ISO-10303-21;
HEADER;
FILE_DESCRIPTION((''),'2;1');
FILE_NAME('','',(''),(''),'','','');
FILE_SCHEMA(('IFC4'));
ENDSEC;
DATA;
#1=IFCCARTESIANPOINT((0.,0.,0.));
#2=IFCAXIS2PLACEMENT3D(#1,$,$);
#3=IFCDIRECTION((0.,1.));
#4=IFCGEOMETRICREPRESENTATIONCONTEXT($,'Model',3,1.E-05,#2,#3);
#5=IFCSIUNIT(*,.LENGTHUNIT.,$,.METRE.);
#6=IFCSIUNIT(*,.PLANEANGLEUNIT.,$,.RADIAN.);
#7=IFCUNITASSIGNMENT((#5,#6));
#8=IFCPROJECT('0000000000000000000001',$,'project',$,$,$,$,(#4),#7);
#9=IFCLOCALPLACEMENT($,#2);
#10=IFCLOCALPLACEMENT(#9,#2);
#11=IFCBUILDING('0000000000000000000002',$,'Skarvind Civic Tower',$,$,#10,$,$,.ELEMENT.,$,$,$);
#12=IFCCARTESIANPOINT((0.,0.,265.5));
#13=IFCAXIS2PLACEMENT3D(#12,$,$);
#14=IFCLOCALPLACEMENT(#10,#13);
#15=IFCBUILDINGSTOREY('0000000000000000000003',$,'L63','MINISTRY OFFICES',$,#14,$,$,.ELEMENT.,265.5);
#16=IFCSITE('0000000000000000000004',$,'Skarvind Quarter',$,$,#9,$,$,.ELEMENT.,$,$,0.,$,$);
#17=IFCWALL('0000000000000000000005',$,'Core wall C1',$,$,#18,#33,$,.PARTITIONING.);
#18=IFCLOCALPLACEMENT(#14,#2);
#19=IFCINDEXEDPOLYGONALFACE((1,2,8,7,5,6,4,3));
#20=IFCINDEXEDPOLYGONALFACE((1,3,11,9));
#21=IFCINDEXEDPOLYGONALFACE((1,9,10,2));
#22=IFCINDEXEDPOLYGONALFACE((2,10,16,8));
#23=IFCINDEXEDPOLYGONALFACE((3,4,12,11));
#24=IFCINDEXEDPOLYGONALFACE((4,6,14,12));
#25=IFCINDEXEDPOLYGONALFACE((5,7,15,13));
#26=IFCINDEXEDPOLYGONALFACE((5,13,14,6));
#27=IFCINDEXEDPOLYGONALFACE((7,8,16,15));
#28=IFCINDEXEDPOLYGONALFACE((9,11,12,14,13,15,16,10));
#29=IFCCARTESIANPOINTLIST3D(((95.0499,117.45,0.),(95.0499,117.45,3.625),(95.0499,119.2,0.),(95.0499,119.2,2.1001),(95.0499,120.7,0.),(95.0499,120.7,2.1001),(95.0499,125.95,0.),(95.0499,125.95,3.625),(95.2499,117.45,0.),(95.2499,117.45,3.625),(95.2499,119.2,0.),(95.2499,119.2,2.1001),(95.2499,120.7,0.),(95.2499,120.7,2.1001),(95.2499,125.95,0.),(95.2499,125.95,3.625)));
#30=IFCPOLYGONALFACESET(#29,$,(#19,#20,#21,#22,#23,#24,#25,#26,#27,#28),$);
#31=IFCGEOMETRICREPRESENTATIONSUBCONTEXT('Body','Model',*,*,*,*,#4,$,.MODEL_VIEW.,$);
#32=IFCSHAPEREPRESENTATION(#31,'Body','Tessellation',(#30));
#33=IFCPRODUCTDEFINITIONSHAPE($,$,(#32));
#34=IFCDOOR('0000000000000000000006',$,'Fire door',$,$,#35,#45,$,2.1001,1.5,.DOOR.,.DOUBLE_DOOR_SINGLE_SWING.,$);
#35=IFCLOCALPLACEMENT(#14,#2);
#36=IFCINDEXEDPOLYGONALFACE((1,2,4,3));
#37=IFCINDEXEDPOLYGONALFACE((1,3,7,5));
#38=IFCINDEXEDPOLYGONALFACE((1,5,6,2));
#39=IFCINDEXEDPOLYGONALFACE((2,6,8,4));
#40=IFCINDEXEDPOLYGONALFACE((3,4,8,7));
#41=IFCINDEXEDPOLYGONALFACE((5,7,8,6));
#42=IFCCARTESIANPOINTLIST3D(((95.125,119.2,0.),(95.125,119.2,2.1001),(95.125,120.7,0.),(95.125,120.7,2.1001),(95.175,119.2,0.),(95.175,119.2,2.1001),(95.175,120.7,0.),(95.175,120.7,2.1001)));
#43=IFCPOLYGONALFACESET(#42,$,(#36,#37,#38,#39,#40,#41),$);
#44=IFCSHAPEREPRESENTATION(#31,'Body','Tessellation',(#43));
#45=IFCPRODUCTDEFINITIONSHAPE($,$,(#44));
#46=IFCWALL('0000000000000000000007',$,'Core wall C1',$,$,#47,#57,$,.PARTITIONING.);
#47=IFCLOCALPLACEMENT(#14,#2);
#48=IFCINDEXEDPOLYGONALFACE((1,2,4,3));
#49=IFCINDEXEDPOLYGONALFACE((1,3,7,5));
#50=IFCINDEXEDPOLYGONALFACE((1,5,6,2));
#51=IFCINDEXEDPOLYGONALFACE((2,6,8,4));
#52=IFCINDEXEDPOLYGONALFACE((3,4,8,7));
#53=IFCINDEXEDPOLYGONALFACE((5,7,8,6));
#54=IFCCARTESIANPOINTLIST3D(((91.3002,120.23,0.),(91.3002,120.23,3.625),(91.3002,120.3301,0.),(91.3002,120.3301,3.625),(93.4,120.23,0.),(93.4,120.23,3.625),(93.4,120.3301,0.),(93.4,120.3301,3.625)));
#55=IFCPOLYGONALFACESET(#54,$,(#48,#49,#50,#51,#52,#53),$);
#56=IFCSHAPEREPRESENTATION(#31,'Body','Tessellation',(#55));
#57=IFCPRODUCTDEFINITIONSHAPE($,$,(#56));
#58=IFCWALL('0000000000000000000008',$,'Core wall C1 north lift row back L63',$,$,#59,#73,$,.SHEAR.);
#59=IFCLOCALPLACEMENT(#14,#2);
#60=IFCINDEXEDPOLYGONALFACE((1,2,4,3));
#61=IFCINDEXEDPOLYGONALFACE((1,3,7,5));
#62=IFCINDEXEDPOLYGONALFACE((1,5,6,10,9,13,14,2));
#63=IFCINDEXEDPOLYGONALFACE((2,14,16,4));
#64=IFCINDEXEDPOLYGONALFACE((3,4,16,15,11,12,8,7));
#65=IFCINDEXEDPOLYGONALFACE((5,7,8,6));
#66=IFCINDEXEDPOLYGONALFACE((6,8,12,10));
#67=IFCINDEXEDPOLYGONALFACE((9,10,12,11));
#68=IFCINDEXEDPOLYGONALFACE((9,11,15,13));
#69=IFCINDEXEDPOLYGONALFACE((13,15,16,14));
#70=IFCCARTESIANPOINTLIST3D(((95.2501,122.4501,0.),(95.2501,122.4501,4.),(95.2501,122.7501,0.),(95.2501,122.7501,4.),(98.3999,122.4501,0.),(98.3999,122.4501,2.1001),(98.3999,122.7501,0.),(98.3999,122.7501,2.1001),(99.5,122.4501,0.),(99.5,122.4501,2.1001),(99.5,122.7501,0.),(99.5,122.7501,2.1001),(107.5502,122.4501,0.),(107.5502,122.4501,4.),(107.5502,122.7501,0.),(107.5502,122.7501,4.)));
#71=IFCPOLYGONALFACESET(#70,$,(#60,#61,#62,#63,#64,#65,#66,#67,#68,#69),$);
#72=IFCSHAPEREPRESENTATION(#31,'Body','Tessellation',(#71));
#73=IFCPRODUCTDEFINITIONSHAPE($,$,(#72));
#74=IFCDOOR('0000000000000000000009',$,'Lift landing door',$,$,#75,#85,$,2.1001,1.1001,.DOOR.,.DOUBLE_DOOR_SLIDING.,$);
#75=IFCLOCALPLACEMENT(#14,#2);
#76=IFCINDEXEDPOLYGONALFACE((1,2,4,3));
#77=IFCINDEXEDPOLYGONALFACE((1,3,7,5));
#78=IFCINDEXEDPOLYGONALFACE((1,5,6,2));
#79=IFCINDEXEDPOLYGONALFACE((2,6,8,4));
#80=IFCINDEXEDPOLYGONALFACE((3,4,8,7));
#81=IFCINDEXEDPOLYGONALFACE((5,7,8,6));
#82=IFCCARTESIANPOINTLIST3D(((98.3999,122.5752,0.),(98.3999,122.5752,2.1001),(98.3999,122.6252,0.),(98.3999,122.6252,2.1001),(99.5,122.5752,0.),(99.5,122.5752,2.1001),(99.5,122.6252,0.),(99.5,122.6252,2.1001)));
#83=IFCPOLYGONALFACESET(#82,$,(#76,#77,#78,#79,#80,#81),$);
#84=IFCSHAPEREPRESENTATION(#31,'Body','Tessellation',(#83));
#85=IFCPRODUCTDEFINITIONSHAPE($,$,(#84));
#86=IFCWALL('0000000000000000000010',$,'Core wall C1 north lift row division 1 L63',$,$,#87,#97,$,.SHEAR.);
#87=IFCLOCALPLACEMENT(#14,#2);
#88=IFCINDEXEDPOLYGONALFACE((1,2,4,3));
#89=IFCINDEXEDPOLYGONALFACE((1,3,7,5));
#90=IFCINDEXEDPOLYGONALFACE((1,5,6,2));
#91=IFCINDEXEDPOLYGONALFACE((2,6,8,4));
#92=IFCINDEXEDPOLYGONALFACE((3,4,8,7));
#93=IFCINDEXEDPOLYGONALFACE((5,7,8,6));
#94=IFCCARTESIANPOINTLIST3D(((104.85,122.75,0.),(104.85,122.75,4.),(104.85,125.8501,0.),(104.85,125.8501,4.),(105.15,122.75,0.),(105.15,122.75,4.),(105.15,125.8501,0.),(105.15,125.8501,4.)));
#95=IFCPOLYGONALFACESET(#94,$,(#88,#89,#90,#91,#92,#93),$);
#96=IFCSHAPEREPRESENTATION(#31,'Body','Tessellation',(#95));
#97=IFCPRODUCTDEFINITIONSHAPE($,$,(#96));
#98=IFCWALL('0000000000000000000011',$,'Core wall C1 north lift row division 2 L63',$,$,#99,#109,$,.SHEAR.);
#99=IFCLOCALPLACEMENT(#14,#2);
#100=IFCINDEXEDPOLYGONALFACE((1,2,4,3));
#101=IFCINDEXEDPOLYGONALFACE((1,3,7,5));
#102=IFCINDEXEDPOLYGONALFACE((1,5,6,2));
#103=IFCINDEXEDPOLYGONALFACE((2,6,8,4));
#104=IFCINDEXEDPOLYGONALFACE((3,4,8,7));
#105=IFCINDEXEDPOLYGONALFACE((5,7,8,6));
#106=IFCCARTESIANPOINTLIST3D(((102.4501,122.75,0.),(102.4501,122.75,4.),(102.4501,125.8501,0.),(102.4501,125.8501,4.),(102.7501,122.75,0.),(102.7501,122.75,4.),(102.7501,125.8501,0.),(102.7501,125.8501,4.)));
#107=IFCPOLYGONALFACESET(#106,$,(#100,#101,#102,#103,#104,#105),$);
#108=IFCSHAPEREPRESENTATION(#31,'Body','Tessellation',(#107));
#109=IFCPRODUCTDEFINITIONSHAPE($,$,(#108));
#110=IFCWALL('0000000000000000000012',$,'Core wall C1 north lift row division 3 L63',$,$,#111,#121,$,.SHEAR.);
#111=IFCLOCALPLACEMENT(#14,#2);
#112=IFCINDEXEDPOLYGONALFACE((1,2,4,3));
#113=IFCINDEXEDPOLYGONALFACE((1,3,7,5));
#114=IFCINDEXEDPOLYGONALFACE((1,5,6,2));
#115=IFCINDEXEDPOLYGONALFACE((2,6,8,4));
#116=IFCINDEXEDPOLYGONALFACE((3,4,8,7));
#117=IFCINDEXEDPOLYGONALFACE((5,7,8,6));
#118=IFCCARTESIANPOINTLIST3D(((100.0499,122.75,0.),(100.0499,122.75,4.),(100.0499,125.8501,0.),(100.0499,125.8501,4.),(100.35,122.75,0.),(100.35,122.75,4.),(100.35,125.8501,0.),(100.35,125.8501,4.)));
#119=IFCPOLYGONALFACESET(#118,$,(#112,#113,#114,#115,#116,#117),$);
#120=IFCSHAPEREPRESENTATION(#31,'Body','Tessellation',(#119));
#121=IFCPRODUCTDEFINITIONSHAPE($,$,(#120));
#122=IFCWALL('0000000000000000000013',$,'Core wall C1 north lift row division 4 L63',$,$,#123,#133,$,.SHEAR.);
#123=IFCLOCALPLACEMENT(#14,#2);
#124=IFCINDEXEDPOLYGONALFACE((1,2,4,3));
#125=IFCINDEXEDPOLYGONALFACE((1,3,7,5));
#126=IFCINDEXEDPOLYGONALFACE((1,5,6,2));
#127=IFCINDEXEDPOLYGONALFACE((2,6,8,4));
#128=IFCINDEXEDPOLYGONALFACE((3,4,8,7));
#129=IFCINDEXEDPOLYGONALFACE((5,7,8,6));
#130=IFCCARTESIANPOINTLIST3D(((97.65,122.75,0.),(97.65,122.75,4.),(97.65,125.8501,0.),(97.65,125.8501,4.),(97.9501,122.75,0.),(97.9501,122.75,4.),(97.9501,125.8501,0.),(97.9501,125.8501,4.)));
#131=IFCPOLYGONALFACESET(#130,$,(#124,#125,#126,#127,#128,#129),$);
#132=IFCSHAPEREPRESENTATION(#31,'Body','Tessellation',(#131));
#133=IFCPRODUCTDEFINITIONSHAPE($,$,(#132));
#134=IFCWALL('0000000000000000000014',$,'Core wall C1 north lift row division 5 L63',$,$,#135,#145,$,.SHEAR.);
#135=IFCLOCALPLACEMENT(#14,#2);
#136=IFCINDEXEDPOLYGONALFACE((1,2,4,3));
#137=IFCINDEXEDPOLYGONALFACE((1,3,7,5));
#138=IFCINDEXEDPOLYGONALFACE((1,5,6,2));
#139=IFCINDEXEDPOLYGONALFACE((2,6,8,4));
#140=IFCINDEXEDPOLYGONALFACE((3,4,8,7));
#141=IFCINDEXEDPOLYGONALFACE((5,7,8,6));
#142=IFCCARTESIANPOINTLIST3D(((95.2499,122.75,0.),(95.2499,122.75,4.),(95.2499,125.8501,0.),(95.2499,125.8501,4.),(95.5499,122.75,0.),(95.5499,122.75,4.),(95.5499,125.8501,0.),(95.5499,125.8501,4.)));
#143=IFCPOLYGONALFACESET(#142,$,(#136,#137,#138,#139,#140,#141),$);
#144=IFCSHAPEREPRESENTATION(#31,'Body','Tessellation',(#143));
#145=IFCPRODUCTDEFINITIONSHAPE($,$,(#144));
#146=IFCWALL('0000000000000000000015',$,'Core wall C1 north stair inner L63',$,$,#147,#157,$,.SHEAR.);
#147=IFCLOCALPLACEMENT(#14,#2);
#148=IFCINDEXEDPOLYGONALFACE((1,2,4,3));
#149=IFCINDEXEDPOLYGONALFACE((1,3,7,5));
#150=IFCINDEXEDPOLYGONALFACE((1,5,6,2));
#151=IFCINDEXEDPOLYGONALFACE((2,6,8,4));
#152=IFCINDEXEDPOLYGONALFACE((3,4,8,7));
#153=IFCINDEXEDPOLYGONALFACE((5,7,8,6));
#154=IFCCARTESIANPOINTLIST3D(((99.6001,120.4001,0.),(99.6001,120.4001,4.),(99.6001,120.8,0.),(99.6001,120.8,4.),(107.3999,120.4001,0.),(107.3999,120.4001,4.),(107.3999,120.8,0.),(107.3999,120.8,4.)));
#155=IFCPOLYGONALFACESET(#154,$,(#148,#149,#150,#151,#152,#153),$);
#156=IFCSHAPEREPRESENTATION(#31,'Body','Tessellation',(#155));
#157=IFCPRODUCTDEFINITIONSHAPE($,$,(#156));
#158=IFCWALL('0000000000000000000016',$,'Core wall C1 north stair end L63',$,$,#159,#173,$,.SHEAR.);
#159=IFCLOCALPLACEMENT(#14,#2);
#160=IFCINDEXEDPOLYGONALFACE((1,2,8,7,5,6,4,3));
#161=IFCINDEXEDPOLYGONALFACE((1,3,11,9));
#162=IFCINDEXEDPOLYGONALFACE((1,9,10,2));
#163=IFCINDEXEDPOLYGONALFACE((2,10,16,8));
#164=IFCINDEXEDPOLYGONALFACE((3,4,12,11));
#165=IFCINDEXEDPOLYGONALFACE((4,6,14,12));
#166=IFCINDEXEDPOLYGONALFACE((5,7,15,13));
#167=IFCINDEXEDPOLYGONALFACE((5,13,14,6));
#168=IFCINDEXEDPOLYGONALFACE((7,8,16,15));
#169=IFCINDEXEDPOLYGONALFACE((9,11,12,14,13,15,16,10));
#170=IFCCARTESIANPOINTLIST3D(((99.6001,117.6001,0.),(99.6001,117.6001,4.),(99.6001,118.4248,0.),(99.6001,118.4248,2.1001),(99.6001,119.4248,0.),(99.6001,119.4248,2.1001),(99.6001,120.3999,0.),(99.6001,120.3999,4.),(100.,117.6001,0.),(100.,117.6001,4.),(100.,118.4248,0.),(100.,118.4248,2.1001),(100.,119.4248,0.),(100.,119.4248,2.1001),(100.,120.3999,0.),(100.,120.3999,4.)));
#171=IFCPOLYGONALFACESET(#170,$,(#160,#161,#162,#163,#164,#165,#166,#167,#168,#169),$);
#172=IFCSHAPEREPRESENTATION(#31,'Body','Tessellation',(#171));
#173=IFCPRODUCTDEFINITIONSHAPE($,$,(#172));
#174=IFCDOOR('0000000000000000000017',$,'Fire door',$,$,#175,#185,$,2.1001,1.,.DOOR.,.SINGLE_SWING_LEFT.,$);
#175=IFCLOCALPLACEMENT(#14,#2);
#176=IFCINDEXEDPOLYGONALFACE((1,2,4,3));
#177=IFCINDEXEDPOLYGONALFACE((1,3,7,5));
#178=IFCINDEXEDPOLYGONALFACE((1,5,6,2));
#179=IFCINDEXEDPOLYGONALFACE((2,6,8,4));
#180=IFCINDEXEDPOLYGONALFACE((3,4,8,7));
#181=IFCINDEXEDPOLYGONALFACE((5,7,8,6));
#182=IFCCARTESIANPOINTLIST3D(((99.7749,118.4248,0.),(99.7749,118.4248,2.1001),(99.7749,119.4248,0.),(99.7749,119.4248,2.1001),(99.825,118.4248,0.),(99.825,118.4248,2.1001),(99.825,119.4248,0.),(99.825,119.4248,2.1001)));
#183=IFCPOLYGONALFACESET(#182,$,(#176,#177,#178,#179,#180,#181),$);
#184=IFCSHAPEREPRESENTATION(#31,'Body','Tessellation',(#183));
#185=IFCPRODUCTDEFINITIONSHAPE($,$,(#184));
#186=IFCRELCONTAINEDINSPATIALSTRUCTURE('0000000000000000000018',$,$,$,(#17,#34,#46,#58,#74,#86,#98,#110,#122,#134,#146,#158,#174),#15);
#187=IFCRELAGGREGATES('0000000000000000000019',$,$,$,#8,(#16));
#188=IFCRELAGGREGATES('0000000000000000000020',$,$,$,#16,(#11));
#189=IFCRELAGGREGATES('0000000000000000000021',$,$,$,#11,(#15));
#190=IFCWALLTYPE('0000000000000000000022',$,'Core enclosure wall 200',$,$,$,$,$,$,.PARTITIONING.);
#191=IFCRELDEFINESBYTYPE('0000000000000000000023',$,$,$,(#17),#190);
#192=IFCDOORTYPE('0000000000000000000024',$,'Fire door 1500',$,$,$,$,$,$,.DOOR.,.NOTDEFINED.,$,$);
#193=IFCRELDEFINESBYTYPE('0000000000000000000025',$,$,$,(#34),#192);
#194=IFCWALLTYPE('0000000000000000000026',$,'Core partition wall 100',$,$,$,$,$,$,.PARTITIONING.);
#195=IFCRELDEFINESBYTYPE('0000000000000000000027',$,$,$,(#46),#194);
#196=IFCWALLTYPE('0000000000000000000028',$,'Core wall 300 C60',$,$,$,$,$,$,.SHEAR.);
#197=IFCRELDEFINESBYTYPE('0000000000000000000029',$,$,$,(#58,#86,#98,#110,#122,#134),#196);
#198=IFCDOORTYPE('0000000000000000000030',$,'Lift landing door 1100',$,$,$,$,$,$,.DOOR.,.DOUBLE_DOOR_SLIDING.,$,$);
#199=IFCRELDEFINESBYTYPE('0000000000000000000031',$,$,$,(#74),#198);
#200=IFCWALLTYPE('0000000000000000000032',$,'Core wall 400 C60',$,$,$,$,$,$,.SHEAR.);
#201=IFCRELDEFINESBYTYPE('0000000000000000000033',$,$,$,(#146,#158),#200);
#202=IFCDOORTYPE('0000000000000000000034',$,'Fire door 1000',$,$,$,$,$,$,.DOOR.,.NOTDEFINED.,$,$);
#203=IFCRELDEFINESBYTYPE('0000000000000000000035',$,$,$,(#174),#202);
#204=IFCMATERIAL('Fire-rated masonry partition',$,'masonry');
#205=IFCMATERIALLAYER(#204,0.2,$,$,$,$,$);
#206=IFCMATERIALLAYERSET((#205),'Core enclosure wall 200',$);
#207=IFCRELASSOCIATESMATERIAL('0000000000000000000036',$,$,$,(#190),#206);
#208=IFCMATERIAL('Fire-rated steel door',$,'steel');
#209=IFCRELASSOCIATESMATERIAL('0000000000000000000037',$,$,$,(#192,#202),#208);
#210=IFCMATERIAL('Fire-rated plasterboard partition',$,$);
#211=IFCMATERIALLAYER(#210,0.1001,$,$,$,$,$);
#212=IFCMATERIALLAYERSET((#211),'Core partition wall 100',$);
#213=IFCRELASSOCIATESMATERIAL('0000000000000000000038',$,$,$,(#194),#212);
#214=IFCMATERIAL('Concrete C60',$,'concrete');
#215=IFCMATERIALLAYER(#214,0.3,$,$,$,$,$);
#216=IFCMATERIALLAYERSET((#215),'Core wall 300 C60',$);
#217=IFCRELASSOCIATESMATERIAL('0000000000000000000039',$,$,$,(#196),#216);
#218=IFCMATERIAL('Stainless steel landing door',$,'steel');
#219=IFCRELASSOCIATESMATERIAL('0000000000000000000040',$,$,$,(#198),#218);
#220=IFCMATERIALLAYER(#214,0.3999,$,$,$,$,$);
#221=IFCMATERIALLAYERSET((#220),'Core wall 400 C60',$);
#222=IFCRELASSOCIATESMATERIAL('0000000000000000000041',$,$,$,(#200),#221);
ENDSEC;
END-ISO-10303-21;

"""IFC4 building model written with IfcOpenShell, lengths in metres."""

from ifc_helpers import new_model, si_unit, direction, frame, frame_2d, origin, place, context, subcontext, project, spatial, rectangle, extrude, material, layer, layer_set, type_object, element, fill, save


model = new_model("IFC4")

# Units and contexts
model_context = context("Model", 3, precision=1e-05, world=origin(), true_north=direction((0.0, 1.0)))
body_context = subcontext(model_context, "Body", "Model", "MODEL_VIEW")
ifc_project = project(units=[si_unit("LENGTHUNIT", "METRE"), si_unit("PLANEANGLEUNIT", "RADIAN")], contexts=[model_context])

# Site, building, storey
site_placement = place(None, origin())
site = spatial("IfcSite", under=ifc_project, at=site_placement, Name="Skarvind Quarter", CompositionType="ELEMENT", RefElevation=0.0)
building_placement = place(site_placement, origin())
building = spatial("IfcBuilding", under=site, at=building_placement, Name="Skarvind Civic Tower", CompositionType="ELEMENT")
storey_placement = place(building_placement, frame((0.0, 0.0, 265.5)))
storey = spatial("IfcBuildingStorey", under=building, at=storey_placement, Name="L63", Description="MINISTRY OFFICES", CompositionType="ELEMENT", Elevation=265.5)

# Wall, opening, door
ifc_material_1 = material(Name="Fire-rated masonry partition", Category="masonry")
ifc_layer_1 = layer(ifc_material_1, 0.2)
ifc_layer_set_1 = layer_set([ifc_layer_1], Name="Core enclosure wall 200")
wall_type_1 = type_object("IfcWallType", Name="Core enclosure wall 200", PredefinedType="PARTITIONING", material=ifc_layer_set_1)
wall_1_placement = place(storey_placement, frame((95.1499, 117.45, 0.0), z_axis=(0.0, 0.0, 1.0), x_axis=(0.0, 1.0, 0.0)))
wall_1 = element("IfcWall", 1, at=wall_1_placement, inside=storey, type_object=wall_type_1, Name="Core wall C1", PredefinedType="PARTITIONING", context=body_context, shape_type="SweptSolid", body=[
    extrude(rectangle(XDim=8.5, YDim=0.2, at=frame_2d((4.25, 0.0))), origin(), (0.0, 0.0, 1.0), 3.625),
])
opening_1_placement = place(wall_1_placement, frame((1.75, 0.0, 0.0)))
opening_1 = element("IfcOpeningElement", 2, at=opening_1_placement, cuts=wall_1, PredefinedType="OPENING", context=body_context, shape_type="SweptSolid", body=[
    extrude(rectangle(XDim=1.5, YDim=2.1001, at=frame_2d((0.75, 1.05))), frame((0.0, 0.1099, 0.0), z_axis=(0.0, -1.0, 0.0), x_axis=(1.0, 0.0, 0.0)), (0.0, 0.0, 1.0), 0.22),
])
ifc_material_2 = material(Name="Fire-rated steel door", Category="steel")
door_type_1 = type_object("IfcDoorType", Name="Fire door 1500", OperationType="NOTDEFINED", PredefinedType="DOOR", material=ifc_material_2)
door_1_placement = place(opening_1_placement, origin())
door_1 = element("IfcDoor", 3, at=door_1_placement, inside=storey, type_object=door_type_1, Name="Fire door", OperationType="DOUBLE_DOOR_SINGLE_SWING", OverallHeight=2.1001, OverallWidth=1.5, PredefinedType="DOOR", context=body_context, shape_type="SweptSolid", body=[
    extrude(rectangle(XDim=1.5, YDim=2.1001, at=frame_2d((0.75, 1.05))), frame((0.0, 0.0249, 0.0), z_axis=(0.0, -1.0, 0.0), x_axis=(1.0, 0.0, 0.0)), (0.0, 0.0, 1.0), 0.05),
])
fill(opening_1, door_1)

# Wall
ifc_material_3 = material(Name="Fire-rated plasterboard partition")
ifc_layer_2 = layer(ifc_material_3, 0.1001)
ifc_layer_set_2 = layer_set([ifc_layer_2], Name="Core partition wall 100")
wall_type_2 = type_object("IfcWallType", Name="Core partition wall 100", PredefinedType="PARTITIONING", material=ifc_layer_set_2)
wall_2_placement = place(storey_placement, frame((93.3999, 120.28, 0.0), z_axis=(0.0, 0.0, 1.0), x_axis=(-1.0, 0.0, 0.0)))
element("IfcWall", 4, at=wall_2_placement, inside=storey, type_object=wall_type_2, Name="Core wall C1", PredefinedType="PARTITIONING", context=body_context, shape_type="SweptSolid", body=[
    extrude(rectangle(XDim=2.0999, YDim=0.1001, at=frame_2d((1.0498, 0.0))), origin(), (0.0, 0.0, 1.0), 3.625),
])

# Wall, opening, door
ifc_material_4 = material(Name="Concrete C60", Category="concrete")
ifc_layer_3 = layer(ifc_material_4, 0.3)
ifc_layer_set_3 = layer_set([ifc_layer_3], Name="Core wall 300 C60")
wall_type_3 = type_object("IfcWallType", Name="Core wall 300 C60", PredefinedType="SHEAR", material=ifc_layer_set_3)
wall_3_placement = place(storey_placement, frame((107.55, 122.6001, 0.0), z_axis=(0.0, 0.0, 1.0), x_axis=(-1.0, 0.0, 0.0)))
wall_3 = element("IfcWall", 5, at=wall_3_placement, inside=storey, type_object=wall_type_3, Name="Core wall C1 north lift row back L63", PredefinedType="SHEAR", context=body_context, shape_type="SweptSolid", body=[
    extrude(rectangle(XDim=12.3, YDim=0.3, at=frame_2d((6.1499, 0.0))), origin(), (0.0, 0.0, 1.0), 4.0),
])
opening_2_placement = place(wall_3_placement, frame((8.05, 0.0, 0.0)))
opening_2 = element("IfcOpeningElement", 6, at=opening_2_placement, cuts=wall_3, PredefinedType="OPENING", context=body_context, shape_type="SweptSolid", body=[
    extrude(rectangle(XDim=1.1001, YDim=2.1001, at=frame_2d((0.55, 1.05))), frame((0.0, 0.1599, 0.0), z_axis=(0.0, -1.0, 0.0), x_axis=(1.0, 0.0, 0.0)), (0.0, 0.0, 1.0), 0.3201),
])
ifc_material_5 = material(Name="Stainless steel landing door", Category="steel")
door_type_2 = type_object("IfcDoorType", Name="Lift landing door 1100", OperationType="DOUBLE_DOOR_SLIDING", PredefinedType="DOOR", material=ifc_material_5)
door_2_placement = place(opening_2_placement, origin())
door_2 = element("IfcDoor", 7, at=door_2_placement, inside=storey, type_object=door_type_2, Name="Lift landing door", OperationType="DOUBLE_DOOR_SLIDING", OverallHeight=2.1001, OverallWidth=1.1001, PredefinedType="DOOR", context=body_context, shape_type="SweptSolid", body=[
    extrude(rectangle(XDim=1.1001, YDim=2.1001, at=frame_2d((0.55, 1.05))), frame((0.0, 0.0249, 0.0), z_axis=(0.0, -1.0, 0.0), x_axis=(1.0, 0.0, 0.0)), (0.0, 0.0, 1.0), 0.05),
])
fill(opening_2, door_2)

# Walls
for number, where, z_axis, x_axis, name in (
    (8, (105.0, 125.8501, 0.0), (0.0, 0.0, 1.0), (0.0, -1.0, 0.0), "Core wall C1 north lift row division 1 L63"),
    (9, (102.6001, 125.8501, 0.0), (0.0, 0.0, 1.0), (0.0, -1.0, 0.0), "Core wall C1 north lift row division 2 L63"),
    (10, (100.2, 125.8501, 0.0), (0.0, 0.0, 1.0), (0.0, -1.0, 0.0), "Core wall C1 north lift row division 3 L63"),
    (11, (97.8, 125.8501, 0.0), (0.0, 0.0, 1.0), (0.0, -1.0, 0.0), "Core wall C1 north lift row division 4 L63"),
    (12, (95.3999, 125.8501, 0.0), (0.0, 0.0, 1.0), (0.0, -1.0, 0.0), "Core wall C1 north lift row division 5 L63"),
):
    element("IfcWall", number, at=place(storey_placement, frame(where, z_axis=z_axis, x_axis=x_axis)), inside=storey, type_object=wall_type_3, Name=name, PredefinedType="SHEAR", context=body_context, shape_type="SweptSolid", body=[
        extrude(rectangle(XDim=3.1001, YDim=0.3, at=frame_2d((1.55, 0.0))), origin(), (0.0, 0.0, 1.0), 4.0),
    ])
ifc_layer_4 = layer(ifc_material_4, 0.3999)
ifc_layer_set_4 = layer_set([ifc_layer_4], Name="Core wall 400 C60")
wall_type_4 = type_object("IfcWallType", Name="Core wall 400 C60", PredefinedType="SHEAR", material=ifc_layer_set_4)
wall_4_placement = place(storey_placement, frame((107.3999, 120.6001, 0.0), z_axis=(0.0, 0.0, 1.0), x_axis=(-1.0, 0.0, 0.0)))
element("IfcWall", 13, at=wall_4_placement, inside=storey, type_object=wall_type_4, Name="Core wall C1 north stair inner L63", PredefinedType="SHEAR", context=body_context, shape_type="SweptSolid", body=[
    extrude(rectangle(XDim=7.7998, YDim=0.3999, at=frame_2d((3.8999, 0.0))), origin(), (0.0, 0.0, 1.0), 4.0),
])

# Wall, opening, door
wall_5_placement = place(storey_placement, frame((99.8, 120.3999, 0.0), z_axis=(0.0, 0.0, 1.0), x_axis=(0.0, -1.0, 0.0)))
wall_5 = element("IfcWall", 14, at=wall_5_placement, inside=storey, type_object=wall_type_4, Name="Core wall C1 north stair end L63", PredefinedType="SHEAR", context=body_context, shape_type="SweptSolid", body=[
    extrude(rectangle(XDim=2.7998, YDim=0.3999, at=frame_2d((1.3999, 0.0))), origin(), (0.0, 0.0, 1.0), 4.0),
])
opening_3_placement = place(wall_5_placement, frame((0.9751, 0.0, 0.0)))
opening_3 = element("IfcOpeningElement", 15, at=opening_3_placement, cuts=wall_5, PredefinedType="OPENING", context=body_context, shape_type="SweptSolid", body=[
    extrude(rectangle(XDim=1.0, YDim=2.1001, at=frame_2d((0.5, 1.05))), frame((0.0, 0.21, 0.0), z_axis=(0.0, -1.0, 0.0), x_axis=(1.0, 0.0, 0.0)), (0.0, 0.0, 1.0), 0.4199),
])
door_type_3 = type_object("IfcDoorType", Name="Fire door 1000", OperationType="NOTDEFINED", PredefinedType="DOOR", material=ifc_material_2)
door_3_placement = place(opening_3_placement, origin())
door_3 = element("IfcDoor", 16, at=door_3_placement, inside=storey, type_object=door_type_3, Name="Fire door", OperationType="SINGLE_SWING_LEFT", OverallHeight=2.1001, OverallWidth=1.0, PredefinedType="DOOR", context=body_context, shape_type="SweptSolid", body=[
    extrude(rectangle(XDim=1.0, YDim=2.1001, at=frame_2d((0.5, 1.05))), frame((0.0, 0.0249, 0.0), z_axis=(0.0, -1.0, 0.0), x_axis=(1.0, 0.0, 0.0)), (0.0, 0.0, 1.0), 0.05),
])
fill(opening_3, door_3)

save(model, "model.ifc")
